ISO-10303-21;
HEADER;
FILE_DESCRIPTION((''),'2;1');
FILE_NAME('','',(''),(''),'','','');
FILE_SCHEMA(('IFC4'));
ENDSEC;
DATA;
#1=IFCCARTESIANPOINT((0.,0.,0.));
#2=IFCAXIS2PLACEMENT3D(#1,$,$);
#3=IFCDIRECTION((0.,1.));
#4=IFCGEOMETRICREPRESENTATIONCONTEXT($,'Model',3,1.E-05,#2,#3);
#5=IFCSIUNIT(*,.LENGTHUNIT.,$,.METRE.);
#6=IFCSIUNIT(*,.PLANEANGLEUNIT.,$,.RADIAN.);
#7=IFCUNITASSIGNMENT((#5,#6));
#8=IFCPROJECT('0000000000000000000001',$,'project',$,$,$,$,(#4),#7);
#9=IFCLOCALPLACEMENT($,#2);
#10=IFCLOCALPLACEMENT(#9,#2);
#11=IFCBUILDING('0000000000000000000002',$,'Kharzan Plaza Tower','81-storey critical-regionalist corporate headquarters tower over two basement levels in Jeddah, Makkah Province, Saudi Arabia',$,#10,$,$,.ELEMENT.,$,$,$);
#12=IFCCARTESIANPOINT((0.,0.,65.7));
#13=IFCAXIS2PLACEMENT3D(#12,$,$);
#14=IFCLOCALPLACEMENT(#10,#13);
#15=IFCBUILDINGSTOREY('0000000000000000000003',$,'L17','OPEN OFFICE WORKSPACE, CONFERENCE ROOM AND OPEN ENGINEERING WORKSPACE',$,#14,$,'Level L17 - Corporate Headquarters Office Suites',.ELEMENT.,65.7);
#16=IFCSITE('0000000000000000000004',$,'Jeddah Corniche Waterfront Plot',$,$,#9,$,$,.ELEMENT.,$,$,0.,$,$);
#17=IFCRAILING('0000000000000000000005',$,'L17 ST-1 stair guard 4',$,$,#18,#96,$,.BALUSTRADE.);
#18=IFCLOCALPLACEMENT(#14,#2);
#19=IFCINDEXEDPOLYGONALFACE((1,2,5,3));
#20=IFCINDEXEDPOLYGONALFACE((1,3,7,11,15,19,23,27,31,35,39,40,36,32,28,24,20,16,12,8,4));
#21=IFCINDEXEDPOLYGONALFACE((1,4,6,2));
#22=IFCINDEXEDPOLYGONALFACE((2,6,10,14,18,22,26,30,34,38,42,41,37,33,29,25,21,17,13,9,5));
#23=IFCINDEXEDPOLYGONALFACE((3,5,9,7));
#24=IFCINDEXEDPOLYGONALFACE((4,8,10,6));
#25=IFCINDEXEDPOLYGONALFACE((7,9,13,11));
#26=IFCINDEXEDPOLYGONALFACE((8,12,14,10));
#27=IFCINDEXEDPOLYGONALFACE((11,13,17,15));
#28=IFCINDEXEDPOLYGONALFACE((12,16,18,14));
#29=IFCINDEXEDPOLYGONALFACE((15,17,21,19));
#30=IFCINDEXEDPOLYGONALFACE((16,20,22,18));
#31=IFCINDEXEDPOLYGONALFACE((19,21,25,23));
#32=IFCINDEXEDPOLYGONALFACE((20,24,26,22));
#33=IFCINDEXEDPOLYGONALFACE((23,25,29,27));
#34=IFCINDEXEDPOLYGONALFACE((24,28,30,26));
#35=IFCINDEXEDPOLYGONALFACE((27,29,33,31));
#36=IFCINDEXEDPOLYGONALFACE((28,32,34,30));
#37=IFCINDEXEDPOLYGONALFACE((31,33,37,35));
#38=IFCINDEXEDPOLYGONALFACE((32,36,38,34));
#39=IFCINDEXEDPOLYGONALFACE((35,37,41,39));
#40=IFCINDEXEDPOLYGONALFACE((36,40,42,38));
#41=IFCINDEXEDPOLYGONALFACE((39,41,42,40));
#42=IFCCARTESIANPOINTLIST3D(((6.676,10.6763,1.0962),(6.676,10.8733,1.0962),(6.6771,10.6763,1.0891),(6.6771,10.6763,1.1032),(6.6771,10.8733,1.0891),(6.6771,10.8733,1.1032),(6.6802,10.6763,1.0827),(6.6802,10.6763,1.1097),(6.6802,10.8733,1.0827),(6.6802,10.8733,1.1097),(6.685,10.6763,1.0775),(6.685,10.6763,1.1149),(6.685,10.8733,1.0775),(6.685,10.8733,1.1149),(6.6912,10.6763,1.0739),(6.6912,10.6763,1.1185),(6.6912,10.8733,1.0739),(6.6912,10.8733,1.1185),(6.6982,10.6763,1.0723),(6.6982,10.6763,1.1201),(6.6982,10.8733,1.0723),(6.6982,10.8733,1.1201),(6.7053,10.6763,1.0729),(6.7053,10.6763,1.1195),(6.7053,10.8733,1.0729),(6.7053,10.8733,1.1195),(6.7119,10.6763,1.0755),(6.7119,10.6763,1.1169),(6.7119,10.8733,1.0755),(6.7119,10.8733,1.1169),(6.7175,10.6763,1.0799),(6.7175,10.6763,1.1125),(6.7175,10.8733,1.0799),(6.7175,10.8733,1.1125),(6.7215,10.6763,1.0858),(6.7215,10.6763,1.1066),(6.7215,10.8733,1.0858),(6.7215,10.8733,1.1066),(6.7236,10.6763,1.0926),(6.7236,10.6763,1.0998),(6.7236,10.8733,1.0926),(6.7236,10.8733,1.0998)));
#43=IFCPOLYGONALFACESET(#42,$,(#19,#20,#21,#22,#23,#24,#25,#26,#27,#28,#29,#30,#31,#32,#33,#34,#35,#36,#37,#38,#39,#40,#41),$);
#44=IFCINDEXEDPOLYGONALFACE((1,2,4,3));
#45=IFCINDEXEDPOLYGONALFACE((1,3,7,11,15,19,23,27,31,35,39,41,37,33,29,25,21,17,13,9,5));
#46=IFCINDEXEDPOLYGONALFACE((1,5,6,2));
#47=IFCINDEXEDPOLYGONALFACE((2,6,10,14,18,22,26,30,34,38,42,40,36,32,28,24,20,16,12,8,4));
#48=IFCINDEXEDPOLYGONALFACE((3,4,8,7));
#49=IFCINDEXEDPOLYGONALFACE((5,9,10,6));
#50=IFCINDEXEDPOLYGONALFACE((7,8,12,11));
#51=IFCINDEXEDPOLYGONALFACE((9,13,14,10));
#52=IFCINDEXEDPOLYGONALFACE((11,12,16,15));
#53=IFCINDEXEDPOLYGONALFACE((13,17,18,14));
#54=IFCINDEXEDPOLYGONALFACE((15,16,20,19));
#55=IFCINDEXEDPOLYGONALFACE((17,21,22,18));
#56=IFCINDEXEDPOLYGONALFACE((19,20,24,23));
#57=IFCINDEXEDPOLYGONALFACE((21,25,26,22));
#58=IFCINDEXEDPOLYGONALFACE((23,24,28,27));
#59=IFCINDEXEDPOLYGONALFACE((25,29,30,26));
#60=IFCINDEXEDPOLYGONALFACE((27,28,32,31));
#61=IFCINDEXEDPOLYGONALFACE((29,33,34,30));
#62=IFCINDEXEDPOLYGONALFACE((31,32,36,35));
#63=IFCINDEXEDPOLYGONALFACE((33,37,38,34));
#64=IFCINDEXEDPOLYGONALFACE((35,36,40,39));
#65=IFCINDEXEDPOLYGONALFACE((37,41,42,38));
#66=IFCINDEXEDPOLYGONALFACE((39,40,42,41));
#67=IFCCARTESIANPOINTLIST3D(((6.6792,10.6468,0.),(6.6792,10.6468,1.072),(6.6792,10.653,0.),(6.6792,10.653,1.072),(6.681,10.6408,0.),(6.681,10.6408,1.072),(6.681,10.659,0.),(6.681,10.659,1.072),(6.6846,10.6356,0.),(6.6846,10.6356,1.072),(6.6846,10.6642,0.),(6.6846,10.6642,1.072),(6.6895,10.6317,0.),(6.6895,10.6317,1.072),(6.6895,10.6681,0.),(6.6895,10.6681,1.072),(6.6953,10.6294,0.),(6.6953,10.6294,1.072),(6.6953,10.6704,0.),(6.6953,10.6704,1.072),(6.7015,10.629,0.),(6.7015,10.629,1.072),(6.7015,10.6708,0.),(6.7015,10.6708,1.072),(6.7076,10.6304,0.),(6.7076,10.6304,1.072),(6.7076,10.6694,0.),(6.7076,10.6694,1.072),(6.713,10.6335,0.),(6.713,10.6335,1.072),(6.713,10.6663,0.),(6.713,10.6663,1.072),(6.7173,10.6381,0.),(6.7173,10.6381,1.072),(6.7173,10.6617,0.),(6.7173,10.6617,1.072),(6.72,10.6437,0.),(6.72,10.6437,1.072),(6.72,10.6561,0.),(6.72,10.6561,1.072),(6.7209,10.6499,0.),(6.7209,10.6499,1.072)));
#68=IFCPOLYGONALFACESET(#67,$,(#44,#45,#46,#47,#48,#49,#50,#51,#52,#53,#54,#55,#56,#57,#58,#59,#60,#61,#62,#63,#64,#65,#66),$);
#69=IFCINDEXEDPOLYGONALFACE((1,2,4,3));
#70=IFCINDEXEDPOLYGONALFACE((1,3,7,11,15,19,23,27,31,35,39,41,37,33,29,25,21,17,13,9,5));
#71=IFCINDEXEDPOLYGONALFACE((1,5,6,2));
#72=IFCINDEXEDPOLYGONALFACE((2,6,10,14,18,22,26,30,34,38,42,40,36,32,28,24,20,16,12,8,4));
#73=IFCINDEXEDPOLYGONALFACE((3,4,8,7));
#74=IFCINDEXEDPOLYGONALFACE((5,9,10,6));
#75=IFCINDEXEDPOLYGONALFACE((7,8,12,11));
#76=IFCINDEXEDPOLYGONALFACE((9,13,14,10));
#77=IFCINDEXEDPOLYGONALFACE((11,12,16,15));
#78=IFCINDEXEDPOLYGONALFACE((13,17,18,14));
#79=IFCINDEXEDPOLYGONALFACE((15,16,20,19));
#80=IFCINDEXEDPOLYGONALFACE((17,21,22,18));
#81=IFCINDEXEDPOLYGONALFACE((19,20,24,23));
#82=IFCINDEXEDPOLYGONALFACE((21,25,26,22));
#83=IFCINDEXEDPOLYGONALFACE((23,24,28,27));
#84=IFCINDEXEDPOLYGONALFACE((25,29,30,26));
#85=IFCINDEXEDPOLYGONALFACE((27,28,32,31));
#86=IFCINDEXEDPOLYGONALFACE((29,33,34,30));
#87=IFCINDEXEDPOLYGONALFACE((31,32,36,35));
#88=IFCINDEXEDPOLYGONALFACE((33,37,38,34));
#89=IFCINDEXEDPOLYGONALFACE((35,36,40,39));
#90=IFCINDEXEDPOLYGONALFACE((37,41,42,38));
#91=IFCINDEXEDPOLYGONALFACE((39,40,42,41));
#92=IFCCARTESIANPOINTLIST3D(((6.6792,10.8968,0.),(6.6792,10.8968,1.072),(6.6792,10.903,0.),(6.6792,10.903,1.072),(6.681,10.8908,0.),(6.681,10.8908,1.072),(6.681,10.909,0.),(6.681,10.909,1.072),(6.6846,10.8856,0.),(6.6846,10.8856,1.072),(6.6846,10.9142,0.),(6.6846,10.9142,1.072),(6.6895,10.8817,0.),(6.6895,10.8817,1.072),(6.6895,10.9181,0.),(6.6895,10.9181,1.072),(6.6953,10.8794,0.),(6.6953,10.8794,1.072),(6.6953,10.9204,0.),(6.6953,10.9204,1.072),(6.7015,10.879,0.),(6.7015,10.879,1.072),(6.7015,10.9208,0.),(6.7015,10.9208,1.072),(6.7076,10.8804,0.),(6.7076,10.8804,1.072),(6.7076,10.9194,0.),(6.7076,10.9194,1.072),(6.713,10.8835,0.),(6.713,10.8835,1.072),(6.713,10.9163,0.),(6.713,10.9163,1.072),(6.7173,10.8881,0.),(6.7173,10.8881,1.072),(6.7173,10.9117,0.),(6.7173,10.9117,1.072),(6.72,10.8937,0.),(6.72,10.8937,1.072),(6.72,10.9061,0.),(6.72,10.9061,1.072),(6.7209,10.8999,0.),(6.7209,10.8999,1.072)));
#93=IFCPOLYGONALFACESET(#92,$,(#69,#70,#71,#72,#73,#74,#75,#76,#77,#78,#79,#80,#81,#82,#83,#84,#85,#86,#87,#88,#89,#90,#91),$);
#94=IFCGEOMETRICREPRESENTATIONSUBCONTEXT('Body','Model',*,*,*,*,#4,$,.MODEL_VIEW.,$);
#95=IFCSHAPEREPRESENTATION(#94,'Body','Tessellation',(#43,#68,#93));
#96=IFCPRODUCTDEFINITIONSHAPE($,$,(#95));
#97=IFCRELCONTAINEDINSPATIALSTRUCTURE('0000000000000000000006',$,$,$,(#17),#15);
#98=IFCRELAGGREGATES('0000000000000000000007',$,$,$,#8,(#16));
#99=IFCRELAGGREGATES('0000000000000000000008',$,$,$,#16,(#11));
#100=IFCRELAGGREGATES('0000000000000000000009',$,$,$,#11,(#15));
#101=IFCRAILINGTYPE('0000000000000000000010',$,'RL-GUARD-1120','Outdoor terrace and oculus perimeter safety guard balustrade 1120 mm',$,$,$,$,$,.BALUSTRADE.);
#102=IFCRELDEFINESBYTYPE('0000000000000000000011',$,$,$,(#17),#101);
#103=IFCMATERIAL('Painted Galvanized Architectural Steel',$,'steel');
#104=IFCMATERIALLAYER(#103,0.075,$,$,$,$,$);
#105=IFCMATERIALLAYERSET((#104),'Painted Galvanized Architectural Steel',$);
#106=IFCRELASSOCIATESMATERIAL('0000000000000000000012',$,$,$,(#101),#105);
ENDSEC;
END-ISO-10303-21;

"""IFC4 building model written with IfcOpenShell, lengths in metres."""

from ifc_helpers import new_model, si_unit, direction, frame, origin, origin_2d, place, context, subcontext, project, spatial, circle, extrude, source, transform, mapped, material, layer, layer_set, type_object, element, save


model = new_model("IFC4")

# Units and contexts
model_context = context("Model", 3, precision=1e-05, world=origin(), true_north=direction((0.0, 1.0)))
body_context = subcontext(model_context, "Body", "Model", "MODEL_VIEW")
ifc_project = project(units=[si_unit("LENGTHUNIT", "METRE"), si_unit("PLANEANGLEUNIT", "RADIAN")], contexts=[model_context])

# Site, building, storey
site_placement = place(None, origin())
site = spatial("IfcSite", under=ifc_project, at=site_placement, Name="Jeddah Corniche Waterfront Plot", CompositionType="ELEMENT", RefElevation=0.0)
building_placement = place(site_placement, origin())
building = spatial("IfcBuilding", under=site, at=building_placement, Name="Kharzan Plaza Tower", Description="81-storey critical-regionalist corporate headquarters tower over two basement levels in Jeddah, Makkah Province, Saudi Arabia", CompositionType="ELEMENT")
storey_placement = place(building_placement, frame((0.0, 0.0, 65.7)))
storey = spatial("IfcBuildingStorey", under=building, at=storey_placement, Name="L17", Description="OPEN OFFICE WORKSPACE, CONFERENCE ROOM AND OPEN ENGINEERING WORKSPACE", LongName="Level L17 - Corporate Headquarters Office Suites", CompositionType="ELEMENT", Elevation=65.7)

# Railing
ifc_material_1 = material(Name="Painted Galvanized Architectural Steel", Category="steel")
ifc_layer_1 = layer(ifc_material_1, 0.075)
ifc_layer_set_1 = layer_set([ifc_layer_1], Name="Painted Galvanized Architectural Steel")
railing_type = type_object("IfcRailingType", Name="RL-GUARD-1120", Description="Outdoor terrace and oculus perimeter safety guard balustrade 1120 mm", PredefinedType="BALUSTRADE", material=ifc_layer_set_1)
shared_shape_1 = source(origin(), body_context, "Body", "SweptSolid", [
    extrude(circle(Radius=0.0239, at=origin_2d()), frame((0.0, 0.0264, 1.0962), z_axis=(0.0, 1.0, 0.0), x_axis=(-1.0, 0.0, 0.0)), (0.0, 0.0, 1.0), 0.197),
    extrude(circle(Radius=0.021, at=origin_2d()), origin(), (0.0, 0.0, 1.0), 1.072),
    extrude(circle(Radius=0.021, at=origin_2d()), frame((0.0, 0.25, 0.0)), (0.0, 0.0, 1.0), 1.072),
])
railing_placement = place(storey_placement, frame((6.7, 10.6499, 0.0)))
element("IfcRailing", 1, at=railing_placement, inside=storey, type_object=railing_type, Name="L17 ST-1 stair guard 4", PredefinedType="BALUSTRADE", context=body_context, shape_type="MappedRepresentation", body=[
    mapped(shared_shape_1, transform((0.0, 0.0, 0.0), x_axis=(1.0, 0.0, 0.0), y_axis=(0.0, 1.0, 0.0), z_axis=(0.0, 0.0, 1.0))),
])

save(model, "model.ifc")
